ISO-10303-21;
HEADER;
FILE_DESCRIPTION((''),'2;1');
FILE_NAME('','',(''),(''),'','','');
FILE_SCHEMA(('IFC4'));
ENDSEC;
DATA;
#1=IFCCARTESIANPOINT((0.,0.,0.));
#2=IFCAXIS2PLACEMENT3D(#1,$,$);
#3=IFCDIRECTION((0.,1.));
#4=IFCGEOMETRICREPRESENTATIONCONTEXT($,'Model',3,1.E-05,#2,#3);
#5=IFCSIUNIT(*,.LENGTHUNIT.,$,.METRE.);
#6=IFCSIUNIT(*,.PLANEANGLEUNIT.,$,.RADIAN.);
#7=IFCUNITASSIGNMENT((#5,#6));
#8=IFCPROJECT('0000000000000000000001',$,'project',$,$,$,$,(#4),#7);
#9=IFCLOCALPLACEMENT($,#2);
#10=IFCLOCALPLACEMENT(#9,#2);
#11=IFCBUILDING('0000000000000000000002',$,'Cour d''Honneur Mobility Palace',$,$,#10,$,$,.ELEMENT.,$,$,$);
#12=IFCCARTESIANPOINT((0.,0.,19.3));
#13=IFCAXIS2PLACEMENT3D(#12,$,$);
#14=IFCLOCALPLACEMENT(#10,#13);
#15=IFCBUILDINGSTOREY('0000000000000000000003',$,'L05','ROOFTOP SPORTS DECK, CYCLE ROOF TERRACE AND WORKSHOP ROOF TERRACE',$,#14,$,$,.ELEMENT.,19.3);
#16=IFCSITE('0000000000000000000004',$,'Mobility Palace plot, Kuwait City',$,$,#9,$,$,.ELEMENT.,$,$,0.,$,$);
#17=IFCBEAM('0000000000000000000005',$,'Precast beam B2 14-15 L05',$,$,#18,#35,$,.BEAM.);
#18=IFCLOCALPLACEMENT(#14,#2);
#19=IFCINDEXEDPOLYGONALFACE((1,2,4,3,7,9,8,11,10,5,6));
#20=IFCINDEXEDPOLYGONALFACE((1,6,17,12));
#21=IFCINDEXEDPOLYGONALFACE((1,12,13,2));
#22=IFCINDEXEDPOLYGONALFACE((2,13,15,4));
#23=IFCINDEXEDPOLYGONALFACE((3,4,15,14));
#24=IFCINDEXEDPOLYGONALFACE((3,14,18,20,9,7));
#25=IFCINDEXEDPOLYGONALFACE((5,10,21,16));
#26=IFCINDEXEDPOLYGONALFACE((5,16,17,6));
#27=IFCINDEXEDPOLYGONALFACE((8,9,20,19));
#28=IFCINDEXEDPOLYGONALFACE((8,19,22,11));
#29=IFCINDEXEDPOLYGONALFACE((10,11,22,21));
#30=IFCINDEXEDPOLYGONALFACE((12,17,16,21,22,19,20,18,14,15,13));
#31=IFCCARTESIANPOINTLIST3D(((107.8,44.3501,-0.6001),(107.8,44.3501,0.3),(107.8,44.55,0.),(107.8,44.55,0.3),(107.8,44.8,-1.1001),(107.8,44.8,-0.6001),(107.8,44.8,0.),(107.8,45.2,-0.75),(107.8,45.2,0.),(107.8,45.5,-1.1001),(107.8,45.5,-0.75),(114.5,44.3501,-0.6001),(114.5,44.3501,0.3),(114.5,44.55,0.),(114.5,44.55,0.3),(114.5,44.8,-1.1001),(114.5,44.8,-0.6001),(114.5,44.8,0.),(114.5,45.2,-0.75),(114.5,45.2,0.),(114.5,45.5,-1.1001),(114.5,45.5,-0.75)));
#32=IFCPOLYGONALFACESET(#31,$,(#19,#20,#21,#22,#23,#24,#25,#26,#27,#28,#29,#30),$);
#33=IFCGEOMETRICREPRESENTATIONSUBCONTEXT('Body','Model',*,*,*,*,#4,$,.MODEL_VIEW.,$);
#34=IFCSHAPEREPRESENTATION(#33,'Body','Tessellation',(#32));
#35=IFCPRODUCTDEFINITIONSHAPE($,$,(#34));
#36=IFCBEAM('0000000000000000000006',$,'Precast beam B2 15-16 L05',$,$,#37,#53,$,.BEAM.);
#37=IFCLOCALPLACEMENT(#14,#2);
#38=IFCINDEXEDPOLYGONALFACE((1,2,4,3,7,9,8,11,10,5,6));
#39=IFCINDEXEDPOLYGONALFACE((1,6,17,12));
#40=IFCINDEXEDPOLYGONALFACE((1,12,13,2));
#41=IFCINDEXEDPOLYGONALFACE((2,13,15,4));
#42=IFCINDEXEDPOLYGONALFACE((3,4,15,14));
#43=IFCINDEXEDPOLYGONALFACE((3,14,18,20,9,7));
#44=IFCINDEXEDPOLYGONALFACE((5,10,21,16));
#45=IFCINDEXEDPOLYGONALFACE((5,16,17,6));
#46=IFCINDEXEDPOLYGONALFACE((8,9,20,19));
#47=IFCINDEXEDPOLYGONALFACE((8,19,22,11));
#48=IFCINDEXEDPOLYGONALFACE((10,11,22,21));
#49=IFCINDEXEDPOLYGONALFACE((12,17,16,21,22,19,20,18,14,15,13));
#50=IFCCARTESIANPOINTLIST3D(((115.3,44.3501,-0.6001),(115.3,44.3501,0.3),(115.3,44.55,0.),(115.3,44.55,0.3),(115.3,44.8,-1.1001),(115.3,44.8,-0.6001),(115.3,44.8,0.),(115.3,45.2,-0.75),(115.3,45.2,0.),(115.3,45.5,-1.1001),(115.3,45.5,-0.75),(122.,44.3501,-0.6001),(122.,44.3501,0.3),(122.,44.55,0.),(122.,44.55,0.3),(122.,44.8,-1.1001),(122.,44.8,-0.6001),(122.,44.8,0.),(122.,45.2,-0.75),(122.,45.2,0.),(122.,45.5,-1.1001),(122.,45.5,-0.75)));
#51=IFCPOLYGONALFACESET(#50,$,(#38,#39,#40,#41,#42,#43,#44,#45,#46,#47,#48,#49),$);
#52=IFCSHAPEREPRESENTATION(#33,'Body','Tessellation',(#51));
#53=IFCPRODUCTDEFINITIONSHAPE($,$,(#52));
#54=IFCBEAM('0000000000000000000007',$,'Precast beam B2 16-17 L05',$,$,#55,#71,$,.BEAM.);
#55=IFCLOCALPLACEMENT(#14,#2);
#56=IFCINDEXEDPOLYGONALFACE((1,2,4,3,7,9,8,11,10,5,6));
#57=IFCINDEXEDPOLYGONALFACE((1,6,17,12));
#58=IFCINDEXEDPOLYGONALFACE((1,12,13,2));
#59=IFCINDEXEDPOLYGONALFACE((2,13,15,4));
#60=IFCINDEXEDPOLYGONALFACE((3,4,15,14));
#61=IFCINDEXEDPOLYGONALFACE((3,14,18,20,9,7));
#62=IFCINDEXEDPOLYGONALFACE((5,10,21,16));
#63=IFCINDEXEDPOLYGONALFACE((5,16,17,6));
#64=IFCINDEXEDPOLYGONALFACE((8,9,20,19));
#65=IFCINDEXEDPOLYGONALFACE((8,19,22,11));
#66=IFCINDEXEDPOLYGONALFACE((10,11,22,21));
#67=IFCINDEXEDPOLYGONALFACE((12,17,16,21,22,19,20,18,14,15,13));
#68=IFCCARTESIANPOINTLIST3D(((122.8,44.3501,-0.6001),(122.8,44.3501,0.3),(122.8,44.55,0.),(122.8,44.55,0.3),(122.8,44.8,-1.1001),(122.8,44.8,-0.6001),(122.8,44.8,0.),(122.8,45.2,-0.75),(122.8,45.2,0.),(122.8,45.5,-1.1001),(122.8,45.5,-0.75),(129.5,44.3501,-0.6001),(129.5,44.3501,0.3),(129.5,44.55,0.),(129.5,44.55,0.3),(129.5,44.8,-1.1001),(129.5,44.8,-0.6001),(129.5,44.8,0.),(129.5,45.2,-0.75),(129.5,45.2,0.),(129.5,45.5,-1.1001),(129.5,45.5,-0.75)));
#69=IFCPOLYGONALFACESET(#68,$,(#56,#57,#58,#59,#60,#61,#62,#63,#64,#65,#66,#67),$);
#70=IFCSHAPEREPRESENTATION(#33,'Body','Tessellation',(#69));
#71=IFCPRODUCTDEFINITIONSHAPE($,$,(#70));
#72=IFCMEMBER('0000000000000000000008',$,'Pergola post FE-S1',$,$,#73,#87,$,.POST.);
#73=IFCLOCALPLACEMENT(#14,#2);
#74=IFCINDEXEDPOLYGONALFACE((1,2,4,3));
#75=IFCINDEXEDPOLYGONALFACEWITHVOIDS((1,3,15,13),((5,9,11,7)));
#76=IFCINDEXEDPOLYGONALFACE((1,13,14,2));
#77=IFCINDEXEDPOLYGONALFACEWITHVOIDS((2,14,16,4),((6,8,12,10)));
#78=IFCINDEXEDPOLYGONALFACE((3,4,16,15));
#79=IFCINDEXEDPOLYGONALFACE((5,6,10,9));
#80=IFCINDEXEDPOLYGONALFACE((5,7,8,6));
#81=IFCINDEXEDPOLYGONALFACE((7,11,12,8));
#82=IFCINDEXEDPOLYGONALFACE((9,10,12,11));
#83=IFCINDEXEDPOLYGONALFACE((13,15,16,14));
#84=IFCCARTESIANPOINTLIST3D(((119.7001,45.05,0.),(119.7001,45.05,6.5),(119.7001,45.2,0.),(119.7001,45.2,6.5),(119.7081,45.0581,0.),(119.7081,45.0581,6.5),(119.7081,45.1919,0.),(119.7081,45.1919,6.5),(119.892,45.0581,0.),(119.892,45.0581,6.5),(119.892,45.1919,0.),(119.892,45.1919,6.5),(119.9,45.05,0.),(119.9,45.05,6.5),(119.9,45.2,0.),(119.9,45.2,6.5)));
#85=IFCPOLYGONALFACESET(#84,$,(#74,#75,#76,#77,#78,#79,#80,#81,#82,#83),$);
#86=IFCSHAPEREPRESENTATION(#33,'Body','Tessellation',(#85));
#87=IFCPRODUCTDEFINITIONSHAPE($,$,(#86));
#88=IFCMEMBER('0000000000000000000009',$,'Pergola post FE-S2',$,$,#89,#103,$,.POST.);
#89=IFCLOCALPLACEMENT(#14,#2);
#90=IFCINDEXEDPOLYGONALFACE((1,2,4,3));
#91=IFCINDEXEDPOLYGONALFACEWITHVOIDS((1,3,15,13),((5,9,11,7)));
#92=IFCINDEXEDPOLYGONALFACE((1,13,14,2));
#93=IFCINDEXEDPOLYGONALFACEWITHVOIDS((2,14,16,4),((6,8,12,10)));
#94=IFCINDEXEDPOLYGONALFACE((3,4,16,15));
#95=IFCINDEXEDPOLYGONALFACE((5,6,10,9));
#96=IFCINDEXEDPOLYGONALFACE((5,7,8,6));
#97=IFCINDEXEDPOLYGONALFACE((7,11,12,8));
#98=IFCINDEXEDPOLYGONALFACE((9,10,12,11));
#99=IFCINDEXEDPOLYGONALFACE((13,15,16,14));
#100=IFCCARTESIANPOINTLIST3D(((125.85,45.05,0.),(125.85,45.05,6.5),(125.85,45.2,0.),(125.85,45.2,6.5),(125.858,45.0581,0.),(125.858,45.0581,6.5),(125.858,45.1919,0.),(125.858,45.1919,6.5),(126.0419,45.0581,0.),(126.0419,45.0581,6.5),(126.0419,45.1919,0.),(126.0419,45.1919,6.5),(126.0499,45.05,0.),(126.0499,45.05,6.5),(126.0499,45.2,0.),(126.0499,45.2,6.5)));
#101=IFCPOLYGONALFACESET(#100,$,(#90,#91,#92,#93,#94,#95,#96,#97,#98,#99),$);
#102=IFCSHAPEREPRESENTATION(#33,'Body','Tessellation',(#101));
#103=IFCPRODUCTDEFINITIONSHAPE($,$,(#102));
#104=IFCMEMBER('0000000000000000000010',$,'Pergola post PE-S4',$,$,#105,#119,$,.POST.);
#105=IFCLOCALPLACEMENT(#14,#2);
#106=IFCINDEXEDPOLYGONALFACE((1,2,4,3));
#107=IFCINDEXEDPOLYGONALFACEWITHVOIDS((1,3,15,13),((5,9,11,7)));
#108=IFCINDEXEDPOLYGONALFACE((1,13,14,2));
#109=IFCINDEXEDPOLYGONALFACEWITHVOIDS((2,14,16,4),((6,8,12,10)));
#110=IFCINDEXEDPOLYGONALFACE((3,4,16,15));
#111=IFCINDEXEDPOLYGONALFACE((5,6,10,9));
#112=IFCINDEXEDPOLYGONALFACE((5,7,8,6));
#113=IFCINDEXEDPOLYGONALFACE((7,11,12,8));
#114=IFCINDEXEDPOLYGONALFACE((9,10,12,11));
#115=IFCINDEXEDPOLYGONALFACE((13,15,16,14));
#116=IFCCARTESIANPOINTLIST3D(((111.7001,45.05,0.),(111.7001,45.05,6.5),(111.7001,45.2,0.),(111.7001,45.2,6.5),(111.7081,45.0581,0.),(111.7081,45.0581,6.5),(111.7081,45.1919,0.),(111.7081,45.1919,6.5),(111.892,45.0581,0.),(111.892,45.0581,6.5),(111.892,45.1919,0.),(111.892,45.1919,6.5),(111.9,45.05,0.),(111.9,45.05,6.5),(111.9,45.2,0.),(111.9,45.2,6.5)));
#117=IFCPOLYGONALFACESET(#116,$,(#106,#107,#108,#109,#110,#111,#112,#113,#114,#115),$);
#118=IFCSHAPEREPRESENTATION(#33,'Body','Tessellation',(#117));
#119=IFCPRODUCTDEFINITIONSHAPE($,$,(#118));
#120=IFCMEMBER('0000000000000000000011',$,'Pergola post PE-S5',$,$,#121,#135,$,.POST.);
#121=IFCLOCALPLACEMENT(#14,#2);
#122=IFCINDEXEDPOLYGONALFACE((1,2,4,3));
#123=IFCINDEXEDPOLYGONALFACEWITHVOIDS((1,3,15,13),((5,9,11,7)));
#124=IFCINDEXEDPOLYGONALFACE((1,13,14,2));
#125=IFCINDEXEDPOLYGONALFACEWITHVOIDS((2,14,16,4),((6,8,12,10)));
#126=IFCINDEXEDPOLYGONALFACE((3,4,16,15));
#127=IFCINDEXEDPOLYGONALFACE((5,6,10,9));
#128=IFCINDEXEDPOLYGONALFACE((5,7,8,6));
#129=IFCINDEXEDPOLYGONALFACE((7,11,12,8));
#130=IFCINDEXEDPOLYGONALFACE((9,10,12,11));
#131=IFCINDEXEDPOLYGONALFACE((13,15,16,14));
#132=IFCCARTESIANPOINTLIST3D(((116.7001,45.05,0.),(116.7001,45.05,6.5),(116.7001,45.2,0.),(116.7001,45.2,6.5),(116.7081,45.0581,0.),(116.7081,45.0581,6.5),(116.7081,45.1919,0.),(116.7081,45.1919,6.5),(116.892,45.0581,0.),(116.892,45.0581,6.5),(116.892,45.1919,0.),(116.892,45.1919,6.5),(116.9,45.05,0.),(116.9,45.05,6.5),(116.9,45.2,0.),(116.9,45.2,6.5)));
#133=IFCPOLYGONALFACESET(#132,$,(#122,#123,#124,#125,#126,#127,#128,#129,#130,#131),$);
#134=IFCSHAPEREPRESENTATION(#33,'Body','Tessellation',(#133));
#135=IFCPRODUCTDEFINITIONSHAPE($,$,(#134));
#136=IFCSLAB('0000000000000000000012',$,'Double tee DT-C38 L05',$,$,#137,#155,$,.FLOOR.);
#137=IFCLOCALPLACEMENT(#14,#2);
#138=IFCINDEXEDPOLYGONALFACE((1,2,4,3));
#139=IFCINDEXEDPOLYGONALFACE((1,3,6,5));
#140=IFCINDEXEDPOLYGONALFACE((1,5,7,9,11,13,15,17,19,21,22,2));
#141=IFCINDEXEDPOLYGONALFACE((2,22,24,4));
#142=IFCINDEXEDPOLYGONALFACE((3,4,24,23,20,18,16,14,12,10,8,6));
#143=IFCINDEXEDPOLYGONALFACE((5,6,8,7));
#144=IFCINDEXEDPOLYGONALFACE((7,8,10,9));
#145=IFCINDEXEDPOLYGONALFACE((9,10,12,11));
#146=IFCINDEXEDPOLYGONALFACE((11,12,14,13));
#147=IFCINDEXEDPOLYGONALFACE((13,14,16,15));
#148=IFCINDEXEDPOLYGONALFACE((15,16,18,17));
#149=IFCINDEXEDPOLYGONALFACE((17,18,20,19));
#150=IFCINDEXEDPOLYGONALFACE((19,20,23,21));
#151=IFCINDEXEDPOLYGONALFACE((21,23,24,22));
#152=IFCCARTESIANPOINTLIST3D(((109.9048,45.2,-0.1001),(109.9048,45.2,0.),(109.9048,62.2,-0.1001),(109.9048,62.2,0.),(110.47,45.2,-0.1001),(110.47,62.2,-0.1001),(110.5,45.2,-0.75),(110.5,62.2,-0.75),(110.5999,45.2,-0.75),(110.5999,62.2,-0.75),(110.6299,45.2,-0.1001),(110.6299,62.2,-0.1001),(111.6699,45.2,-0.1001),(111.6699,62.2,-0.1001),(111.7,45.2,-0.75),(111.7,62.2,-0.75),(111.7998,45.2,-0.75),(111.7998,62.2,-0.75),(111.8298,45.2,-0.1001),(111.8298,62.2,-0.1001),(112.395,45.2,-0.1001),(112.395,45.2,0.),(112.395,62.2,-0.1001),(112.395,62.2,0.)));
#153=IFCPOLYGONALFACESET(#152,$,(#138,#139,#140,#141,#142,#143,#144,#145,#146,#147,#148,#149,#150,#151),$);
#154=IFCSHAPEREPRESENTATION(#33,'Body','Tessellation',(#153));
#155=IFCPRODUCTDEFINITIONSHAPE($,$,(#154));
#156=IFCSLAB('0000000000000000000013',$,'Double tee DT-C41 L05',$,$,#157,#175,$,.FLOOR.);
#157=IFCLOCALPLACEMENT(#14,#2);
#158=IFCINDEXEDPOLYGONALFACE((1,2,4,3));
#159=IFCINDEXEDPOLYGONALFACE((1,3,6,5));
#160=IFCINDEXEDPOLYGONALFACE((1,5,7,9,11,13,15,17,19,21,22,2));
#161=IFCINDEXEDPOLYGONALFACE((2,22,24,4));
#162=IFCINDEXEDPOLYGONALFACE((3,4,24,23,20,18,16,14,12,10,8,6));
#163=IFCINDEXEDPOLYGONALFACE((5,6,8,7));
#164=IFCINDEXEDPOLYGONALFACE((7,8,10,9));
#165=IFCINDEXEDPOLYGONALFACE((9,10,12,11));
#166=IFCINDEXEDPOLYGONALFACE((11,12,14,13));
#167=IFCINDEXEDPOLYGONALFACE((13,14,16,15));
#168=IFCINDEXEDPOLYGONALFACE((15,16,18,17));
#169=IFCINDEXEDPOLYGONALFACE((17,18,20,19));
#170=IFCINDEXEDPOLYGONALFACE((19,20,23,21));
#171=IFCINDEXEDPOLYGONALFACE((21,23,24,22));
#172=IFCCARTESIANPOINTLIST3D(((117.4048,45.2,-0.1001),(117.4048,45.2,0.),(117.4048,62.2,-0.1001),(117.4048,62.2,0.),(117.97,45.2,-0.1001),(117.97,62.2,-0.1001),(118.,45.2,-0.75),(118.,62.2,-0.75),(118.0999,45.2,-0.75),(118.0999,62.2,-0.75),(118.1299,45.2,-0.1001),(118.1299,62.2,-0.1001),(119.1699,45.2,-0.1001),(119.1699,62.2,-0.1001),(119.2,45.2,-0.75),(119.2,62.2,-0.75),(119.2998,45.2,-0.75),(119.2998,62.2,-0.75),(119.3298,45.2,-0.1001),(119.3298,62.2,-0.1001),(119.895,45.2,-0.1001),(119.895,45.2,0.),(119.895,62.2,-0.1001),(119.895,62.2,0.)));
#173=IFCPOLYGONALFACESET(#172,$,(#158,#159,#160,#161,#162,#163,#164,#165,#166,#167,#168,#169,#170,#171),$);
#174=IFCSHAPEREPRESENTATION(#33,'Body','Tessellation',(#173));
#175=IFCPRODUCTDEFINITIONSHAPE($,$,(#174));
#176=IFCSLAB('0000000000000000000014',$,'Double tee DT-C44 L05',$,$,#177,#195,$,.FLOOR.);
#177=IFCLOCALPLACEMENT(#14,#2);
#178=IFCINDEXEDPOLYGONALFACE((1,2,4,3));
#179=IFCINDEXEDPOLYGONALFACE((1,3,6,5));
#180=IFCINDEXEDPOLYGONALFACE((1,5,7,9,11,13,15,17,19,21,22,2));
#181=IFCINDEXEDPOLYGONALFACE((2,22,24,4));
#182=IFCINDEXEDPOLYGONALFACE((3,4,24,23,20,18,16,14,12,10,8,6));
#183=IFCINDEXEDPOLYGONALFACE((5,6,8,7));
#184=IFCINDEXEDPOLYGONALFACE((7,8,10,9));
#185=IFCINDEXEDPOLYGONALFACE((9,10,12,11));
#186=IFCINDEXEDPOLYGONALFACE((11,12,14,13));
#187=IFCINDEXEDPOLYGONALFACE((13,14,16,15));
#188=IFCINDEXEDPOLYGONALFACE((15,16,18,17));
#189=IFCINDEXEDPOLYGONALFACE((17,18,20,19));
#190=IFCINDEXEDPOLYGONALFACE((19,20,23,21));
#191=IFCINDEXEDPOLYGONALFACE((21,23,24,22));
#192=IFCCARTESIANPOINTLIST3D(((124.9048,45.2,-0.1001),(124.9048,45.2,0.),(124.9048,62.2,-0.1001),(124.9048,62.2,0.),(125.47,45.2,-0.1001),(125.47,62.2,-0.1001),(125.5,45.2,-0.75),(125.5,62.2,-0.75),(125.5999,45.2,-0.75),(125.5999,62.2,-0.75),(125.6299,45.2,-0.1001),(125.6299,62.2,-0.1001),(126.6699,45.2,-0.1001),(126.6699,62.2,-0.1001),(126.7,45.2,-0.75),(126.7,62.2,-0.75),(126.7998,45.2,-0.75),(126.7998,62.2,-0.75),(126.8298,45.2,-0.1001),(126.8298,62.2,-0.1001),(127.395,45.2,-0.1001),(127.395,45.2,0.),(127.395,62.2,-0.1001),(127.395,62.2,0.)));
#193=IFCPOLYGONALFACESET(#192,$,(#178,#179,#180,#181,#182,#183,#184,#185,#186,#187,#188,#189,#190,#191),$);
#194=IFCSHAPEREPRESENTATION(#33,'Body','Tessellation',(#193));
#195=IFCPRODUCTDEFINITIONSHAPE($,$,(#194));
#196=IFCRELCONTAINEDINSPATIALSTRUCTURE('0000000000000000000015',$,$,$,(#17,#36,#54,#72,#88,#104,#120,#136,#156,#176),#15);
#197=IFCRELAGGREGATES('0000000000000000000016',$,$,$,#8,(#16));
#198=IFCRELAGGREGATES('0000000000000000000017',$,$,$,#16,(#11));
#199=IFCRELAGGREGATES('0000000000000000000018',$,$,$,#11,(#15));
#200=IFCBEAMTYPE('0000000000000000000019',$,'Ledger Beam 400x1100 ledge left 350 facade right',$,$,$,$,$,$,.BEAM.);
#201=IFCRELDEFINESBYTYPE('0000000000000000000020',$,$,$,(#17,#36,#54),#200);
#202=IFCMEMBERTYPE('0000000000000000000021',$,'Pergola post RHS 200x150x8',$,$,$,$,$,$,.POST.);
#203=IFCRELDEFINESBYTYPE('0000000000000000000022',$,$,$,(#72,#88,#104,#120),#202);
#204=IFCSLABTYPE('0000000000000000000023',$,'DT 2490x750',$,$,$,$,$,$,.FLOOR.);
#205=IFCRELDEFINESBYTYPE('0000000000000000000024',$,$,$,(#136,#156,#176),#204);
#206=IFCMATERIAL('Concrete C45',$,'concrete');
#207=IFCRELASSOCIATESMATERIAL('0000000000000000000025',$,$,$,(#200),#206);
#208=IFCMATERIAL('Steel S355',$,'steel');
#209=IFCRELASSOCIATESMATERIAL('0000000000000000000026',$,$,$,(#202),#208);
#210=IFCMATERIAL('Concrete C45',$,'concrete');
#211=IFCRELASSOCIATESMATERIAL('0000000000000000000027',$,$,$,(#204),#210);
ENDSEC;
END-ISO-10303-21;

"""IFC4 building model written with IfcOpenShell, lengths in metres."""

from ifc_helpers import new_model, si_unit, direction, frame, origin, origin_2d, place, context, subcontext, project, spatial, polyline, hollow_rectangle, outline, extrude, material, material_profile, profile_set, type_object, element, save


model = new_model("IFC4")

# Units and contexts
model_context = context("Model", 3, precision=1e-05, world=origin(), true_north=direction((0.0, 1.0)))
body_context = subcontext(model_context, "Body", "Model", "MODEL_VIEW")
ifc_project = project(units=[si_unit("LENGTHUNIT", "METRE"), si_unit("PLANEANGLEUNIT", "RADIAN")], contexts=[model_context])

# Site, building, storey
site_placement = place(None, origin())
site = spatial("IfcSite", under=ifc_project, at=site_placement, Name="Mobility Palace plot, Kuwait City", CompositionType="ELEMENT", RefElevation=0.0)
building_placement = place(site_placement, origin())
building = spatial("IfcBuilding", under=site, at=building_placement, Name="Cour d'Honneur Mobility Palace", CompositionType="ELEMENT")
storey_placement = place(building_placement, frame((0.0, 0.0, 19.3)))
storey = spatial("IfcBuildingStorey", under=building, at=storey_placement, Name="L05", Description="ROOFTOP SPORTS DECK, CYCLE ROOF TERRACE AND WORKSHOP ROOF TERRACE", CompositionType="ELEMENT", Elevation=19.3)

# Beams
ifc_material_1 = material(Name="Concrete C45", Category="concrete")
ifc_material_profile_1 = material_profile(ifc_material_1, outline(polyline([(0.5, -1.1001), (0.5, -0.75), (0.2, -0.75), (0.2, 0.0), (-0.2, 0.0), (-0.45, 0.0), (-0.45, 0.3), (-0.6499, 0.3), (-0.6499, -0.6001), (-0.2, -0.6001), (-0.2, -1.1001), (0.5, -1.1001)])), Name="Ledger Beam 400x1100 ledge left 350 facade right")
ifc_profile_set_1 = profile_set([ifc_material_profile_1], Name="Concrete C45")
beam_type = type_object("IfcBeamType", Name="Ledger Beam 400x1100 ledge left 350 facade right", PredefinedType="BEAM", material=ifc_profile_set_1)
for number, where, z_axis, x_axis, name in (
    (1, (107.8, 45.0, 0.0), (1.0, 0.0, 0.0), (0.0, 1.0, 0.0), "Precast beam B2 14-15 L05"),
    (2, (115.3, 45.0, 0.0), (1.0, 0.0, 0.0), (0.0, 1.0, 0.0), "Precast beam B2 15-16 L05"),
    (3, (122.8, 45.0, 0.0), (1.0, 0.0, 0.0), (0.0, 1.0, 0.0), "Precast beam B2 16-17 L05"),
):
    element("IfcBeam", number, at=place(storey_placement, frame(where, z_axis=z_axis, x_axis=x_axis)), inside=storey, type_object=beam_type, Name=name, PredefinedType="BEAM", context=body_context, shape_type="SweptSolid", body=[
        extrude(outline(polyline([(0.5, -1.1001), (0.5, -0.75), (0.2, -0.75), (0.2, 0.0), (-0.2, 0.0), (-0.45, 0.0), (-0.45, 0.3), (-0.6499, 0.3), (-0.6499, -0.6001), (-0.2, -0.6001), (-0.2, -1.1001), (0.5, -1.1001)])), origin(), (0.0, 0.0, 1.0), 6.7),
    ])

# Members
ifc_material_2 = material(Name="Steel S355", Category="steel")
ifc_material_profile_2 = material_profile(ifc_material_2, hollow_rectangle(XDim=0.1499, YDim=0.2, WallThickness=0.0081, at=origin_2d()), Name="RHS 200x150x8")
ifc_profile_set_2 = profile_set([ifc_material_profile_2], Name="Steel S355")
member_type = type_object("IfcMemberType", Name="Pergola post RHS 200x150x8", PredefinedType="POST", material=ifc_profile_set_2)
for number, where, z_axis, x_axis, name in (
    (4, (119.8, 45.125, 0.0), (0.0, 0.0, 1.0), (0.0, 1.0, 0.0), "Pergola post FE-S1"),
    (5, (125.95, 45.125, 0.0), (0.0, 0.0, 1.0), (0.0, 1.0, 0.0), "Pergola post FE-S2"),
    (6, (111.8, 45.125, 0.0), (0.0, 0.0, 1.0), (0.0, 1.0, 0.0), "Pergola post PE-S4"),
    (7, (116.8, 45.125, 0.0), (0.0, 0.0, 1.0), (0.0, 1.0, 0.0), "Pergola post PE-S5"),
):
    element("IfcMember", number, at=place(storey_placement, frame(where, z_axis=z_axis, x_axis=x_axis)), inside=storey, type_object=member_type, Name=name, PredefinedType="POST", context=body_context, shape_type="SweptSolid", body=[
        extrude(hollow_rectangle(XDim=0.1499, YDim=0.2, WallThickness=0.0081, at=origin_2d()), origin(), (0.0, 0.0, 1.0), 6.5),
    ])

# Slabs
ifc_material_3 = material(Name="Concrete C45", Category="concrete")
ifc_material_profile_3 = material_profile(ifc_material_3, outline(polyline([(-1.2451, 0.0), (1.2451, 0.0), (1.2451, -0.1001), (0.6799, -0.1001), (0.6499, -0.75), (0.55, -0.75), (0.52, -0.1001), (-0.52, -0.1001), (-0.55, -0.75), (-0.6499, -0.75), (-0.6799, -0.1001), (-1.2451, -0.1001), (-1.2451, 0.0)])), Name="DT 2490x750")
ifc_profile_set_3 = profile_set([ifc_material_profile_3], Name="Concrete C45")
slab_type = type_object("IfcSlabType", Name="DT 2490x750", PredefinedType="FLOOR", material=ifc_profile_set_3)
for number, where, z_axis, x_axis, name in (
    (8, (111.1499, 45.2, 0.0), (0.0, 1.0, 0.0), (-1.0, 0.0, 0.0), "Double tee DT-C38 L05"),
    (9, (118.6499, 45.2, 0.0), (0.0, 1.0, 0.0), (-1.0, 0.0, 0.0), "Double tee DT-C41 L05"),
    (10, (126.1499, 45.2, 0.0), (0.0, 1.0, 0.0), (-1.0, 0.0, 0.0), "Double tee DT-C44 L05"),
):
    element("IfcSlab", number, at=place(storey_placement, frame(where, z_axis=z_axis, x_axis=x_axis)), inside=storey, type_object=slab_type, Name=name, PredefinedType="FLOOR", context=body_context, shape_type="SweptSolid", body=[
        extrude(outline(polyline([(-1.2451, 0.0), (1.2451, 0.0), (1.2451, -0.1001), (0.6799, -0.1001), (0.6499, -0.75), (0.55, -0.75), (0.52, -0.1001), (-0.52, -0.1001), (-0.55, -0.75), (-0.6499, -0.75), (-0.6799, -0.1001), (-1.2451, -0.1001), (-1.2451, 0.0)])), origin(), (0.0, 0.0, 1.0), 17.0),
    ])

save(model, "model.ifc")
